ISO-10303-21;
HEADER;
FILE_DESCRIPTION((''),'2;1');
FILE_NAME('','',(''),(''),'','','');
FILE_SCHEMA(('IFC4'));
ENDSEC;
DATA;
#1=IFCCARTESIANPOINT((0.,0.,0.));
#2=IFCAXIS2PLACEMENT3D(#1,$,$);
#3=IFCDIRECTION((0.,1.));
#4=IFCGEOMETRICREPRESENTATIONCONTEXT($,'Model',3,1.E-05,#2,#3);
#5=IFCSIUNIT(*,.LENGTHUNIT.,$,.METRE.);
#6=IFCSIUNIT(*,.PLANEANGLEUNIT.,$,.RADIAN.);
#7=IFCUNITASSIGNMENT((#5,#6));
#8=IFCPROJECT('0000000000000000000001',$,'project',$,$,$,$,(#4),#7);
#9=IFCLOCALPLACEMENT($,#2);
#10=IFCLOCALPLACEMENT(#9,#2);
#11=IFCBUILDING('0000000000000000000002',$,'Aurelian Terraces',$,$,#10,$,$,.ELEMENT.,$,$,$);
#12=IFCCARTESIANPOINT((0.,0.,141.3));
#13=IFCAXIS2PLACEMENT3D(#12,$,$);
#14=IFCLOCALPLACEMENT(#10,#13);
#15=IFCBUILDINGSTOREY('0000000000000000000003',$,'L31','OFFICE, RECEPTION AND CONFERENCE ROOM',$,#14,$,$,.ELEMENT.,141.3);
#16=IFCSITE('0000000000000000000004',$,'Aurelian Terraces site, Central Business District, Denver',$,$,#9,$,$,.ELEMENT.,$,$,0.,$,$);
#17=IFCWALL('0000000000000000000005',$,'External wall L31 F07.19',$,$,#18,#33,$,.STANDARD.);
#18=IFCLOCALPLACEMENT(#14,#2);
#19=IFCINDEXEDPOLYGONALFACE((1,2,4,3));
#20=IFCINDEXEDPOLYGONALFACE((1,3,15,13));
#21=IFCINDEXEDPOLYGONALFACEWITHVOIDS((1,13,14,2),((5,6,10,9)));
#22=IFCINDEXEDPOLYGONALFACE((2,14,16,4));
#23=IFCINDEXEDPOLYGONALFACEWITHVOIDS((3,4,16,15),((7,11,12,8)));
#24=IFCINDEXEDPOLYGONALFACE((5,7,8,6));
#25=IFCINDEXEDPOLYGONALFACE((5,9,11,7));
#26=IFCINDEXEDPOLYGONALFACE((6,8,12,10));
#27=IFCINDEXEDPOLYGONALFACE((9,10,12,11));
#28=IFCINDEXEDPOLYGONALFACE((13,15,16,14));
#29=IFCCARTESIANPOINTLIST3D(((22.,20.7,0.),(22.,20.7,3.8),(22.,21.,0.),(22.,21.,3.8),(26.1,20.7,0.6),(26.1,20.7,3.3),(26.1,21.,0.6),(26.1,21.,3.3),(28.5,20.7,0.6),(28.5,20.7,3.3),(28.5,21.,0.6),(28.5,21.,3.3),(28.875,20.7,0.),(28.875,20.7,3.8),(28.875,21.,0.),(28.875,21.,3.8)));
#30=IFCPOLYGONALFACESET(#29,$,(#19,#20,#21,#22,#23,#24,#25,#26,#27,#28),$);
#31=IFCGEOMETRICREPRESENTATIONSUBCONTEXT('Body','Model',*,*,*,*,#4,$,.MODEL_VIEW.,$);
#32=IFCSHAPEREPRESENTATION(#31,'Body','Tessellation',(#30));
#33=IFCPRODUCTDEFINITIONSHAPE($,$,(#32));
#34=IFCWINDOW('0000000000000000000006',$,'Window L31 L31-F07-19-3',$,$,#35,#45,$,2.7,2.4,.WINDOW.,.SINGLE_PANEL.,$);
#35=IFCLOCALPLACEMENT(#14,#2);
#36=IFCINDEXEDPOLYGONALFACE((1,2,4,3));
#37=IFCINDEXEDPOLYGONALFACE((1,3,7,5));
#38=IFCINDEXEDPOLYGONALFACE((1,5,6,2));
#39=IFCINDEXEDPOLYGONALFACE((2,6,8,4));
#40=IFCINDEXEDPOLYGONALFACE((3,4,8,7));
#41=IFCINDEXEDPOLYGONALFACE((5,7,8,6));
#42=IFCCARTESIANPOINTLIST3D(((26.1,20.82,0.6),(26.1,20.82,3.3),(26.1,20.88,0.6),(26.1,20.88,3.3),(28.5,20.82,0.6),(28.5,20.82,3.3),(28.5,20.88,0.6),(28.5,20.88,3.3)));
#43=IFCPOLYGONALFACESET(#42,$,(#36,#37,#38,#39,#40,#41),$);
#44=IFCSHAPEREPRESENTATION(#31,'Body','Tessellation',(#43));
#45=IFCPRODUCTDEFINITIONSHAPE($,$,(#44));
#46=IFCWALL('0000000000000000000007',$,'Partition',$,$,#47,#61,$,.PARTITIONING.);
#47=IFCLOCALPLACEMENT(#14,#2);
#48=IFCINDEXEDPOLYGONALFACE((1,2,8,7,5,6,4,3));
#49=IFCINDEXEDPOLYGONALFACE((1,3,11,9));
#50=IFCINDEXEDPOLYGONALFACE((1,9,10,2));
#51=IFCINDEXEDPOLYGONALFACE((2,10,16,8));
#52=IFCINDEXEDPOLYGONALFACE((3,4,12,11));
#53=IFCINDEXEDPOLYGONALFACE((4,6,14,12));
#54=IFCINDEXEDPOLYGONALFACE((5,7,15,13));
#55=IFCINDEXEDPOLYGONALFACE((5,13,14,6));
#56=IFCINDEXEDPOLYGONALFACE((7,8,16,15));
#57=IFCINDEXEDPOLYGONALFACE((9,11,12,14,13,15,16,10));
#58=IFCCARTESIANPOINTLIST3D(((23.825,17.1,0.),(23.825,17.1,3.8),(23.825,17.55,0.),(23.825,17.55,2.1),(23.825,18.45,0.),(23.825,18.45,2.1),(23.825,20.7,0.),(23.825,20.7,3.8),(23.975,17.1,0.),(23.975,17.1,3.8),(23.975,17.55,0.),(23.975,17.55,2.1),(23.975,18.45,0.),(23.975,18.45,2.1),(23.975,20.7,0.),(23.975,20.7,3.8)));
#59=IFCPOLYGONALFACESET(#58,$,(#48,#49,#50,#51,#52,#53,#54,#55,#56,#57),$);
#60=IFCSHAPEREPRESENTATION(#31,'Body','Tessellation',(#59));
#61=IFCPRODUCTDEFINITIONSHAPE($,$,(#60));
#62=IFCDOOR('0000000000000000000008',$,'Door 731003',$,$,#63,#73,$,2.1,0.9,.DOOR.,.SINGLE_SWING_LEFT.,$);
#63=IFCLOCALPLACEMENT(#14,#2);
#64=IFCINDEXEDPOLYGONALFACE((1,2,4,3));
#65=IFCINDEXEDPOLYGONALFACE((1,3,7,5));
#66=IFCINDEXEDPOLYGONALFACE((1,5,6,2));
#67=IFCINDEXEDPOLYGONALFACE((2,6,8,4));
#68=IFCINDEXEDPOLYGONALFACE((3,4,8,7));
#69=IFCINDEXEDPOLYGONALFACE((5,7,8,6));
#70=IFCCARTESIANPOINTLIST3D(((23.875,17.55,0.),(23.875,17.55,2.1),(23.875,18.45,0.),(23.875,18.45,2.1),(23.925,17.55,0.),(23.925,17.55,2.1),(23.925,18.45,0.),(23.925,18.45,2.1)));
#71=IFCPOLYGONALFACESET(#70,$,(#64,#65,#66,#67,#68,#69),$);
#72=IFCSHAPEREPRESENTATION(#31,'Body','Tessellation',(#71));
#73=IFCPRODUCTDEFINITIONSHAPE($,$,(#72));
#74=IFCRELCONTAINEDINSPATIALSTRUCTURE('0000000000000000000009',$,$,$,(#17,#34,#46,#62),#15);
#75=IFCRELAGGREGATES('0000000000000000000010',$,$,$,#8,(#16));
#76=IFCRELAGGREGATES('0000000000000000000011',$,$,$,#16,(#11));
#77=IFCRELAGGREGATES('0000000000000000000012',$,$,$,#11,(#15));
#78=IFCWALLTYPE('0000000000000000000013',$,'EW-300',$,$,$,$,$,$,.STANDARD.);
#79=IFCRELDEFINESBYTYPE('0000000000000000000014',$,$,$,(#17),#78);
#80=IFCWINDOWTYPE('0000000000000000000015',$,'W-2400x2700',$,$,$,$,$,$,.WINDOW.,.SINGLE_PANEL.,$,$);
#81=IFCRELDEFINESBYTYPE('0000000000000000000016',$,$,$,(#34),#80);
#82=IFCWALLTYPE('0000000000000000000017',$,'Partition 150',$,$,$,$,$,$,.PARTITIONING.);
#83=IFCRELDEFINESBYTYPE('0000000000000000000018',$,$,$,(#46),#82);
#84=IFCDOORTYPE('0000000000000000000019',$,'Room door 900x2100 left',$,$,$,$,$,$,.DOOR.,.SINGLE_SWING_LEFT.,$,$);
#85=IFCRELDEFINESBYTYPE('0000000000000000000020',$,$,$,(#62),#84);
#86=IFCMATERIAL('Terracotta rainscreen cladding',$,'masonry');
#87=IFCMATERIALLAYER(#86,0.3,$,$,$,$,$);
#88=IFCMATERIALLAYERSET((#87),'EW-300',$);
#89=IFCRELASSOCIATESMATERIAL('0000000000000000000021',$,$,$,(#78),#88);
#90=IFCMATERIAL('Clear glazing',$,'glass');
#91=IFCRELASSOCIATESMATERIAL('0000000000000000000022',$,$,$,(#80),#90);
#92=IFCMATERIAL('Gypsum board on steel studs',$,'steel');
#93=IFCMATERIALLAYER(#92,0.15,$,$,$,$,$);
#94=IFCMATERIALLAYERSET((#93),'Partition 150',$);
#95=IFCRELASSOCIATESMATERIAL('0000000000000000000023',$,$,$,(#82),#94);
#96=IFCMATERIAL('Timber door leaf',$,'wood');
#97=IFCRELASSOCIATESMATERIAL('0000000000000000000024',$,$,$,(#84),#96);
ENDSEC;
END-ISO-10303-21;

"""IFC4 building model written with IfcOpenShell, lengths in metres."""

from ifc_helpers import new_model, si_unit, direction, frame, frame_2d, origin, place, context, subcontext, project, spatial, rectangle, extrude, source, transform, mapped, material, layer, layer_set, type_object, element, fill, save


model = new_model("IFC4")

# Units and contexts
model_context = context("Model", 3, precision=1e-05, world=origin(), true_north=direction((0.0, 1.0)))
body_context = subcontext(model_context, "Body", "Model", "MODEL_VIEW")
ifc_project = project(units=[si_unit("LENGTHUNIT", "METRE"), si_unit("PLANEANGLEUNIT", "RADIAN")], contexts=[model_context])

# Site, building, storey
site_placement = place(None, origin())
site = spatial("IfcSite", under=ifc_project, at=site_placement, Name="Aurelian Terraces site, Central Business District, Denver", CompositionType="ELEMENT", RefElevation=0.0)
building_placement = place(site_placement, origin())
building = spatial("IfcBuilding", under=site, at=building_placement, Name="Aurelian Terraces", CompositionType="ELEMENT")
storey_placement = place(building_placement, frame((0.0, 0.0, 141.3)))
storey = spatial("IfcBuildingStorey", under=building, at=storey_placement, Name="L31", Description="OFFICE, RECEPTION AND CONFERENCE ROOM", CompositionType="ELEMENT", Elevation=141.3)

# Wall, opening, window
ifc_material_1 = material(Name="Terracotta rainscreen cladding", Category="masonry")
ifc_layer_1 = layer(ifc_material_1, 0.3)
ifc_layer_set_1 = layer_set([ifc_layer_1], Name="EW-300")
wall_type_1 = type_object("IfcWallType", Name="EW-300", PredefinedType="STANDARD", material=ifc_layer_set_1)
shared_shape_1 = source(origin(), body_context, "Body", "SweptSolid", [
    extrude(rectangle(XDim=6.875, YDim=0.3, at=frame_2d((3.4375, 0.0))), origin(), (0.0, 0.0, 1.0), 3.8),
])
wall_1_placement = place(storey_placement, frame((28.875, 20.85, 0.0), z_axis=(0.0, 0.0, 1.0), x_axis=(-1.0, 0.0, 0.0)))
wall_1 = element("IfcWall", 1, at=wall_1_placement, inside=storey, type_object=wall_type_1, Name="External wall L31 F07.19", PredefinedType="STANDARD", context=body_context, shape_type="MappedRepresentation", body=[
    mapped(shared_shape_1, transform((0.0, 0.0, 0.0), scale=1.0)),
])
shared_shape_2 = source(origin(), body_context, "Body", "SweptSolid", [
    extrude(rectangle(XDim=2.4, YDim=2.7, at=frame_2d((1.2, 1.35))), frame((0.0, 0.16, 0.0), z_axis=(0.0, -1.0, 0.0), x_axis=(1.0, 0.0, 0.0)), (0.0, 0.0, 1.0), 0.32),
])
opening_1_placement = place(wall_1_placement, frame((0.375, 0.0, 0.6)))
opening_1 = element("IfcOpeningElement", 2, at=opening_1_placement, cuts=wall_1, PredefinedType="OPENING", context=body_context, shape_type="MappedRepresentation", body=[
    mapped(shared_shape_2, transform((0.0, 0.0, 0.0), scale=1.0)),
])
ifc_material_2 = material(Name="Clear glazing", Category="glass")
window_type = type_object("IfcWindowType", Name="W-2400x2700", PartitioningType="SINGLE_PANEL", PredefinedType="WINDOW", material=ifc_material_2)
shared_shape_3 = source(origin(), body_context, "Body", "SweptSolid", [
    extrude(rectangle(XDim=2.4, YDim=2.7, at=frame_2d((1.2, 1.35))), frame((0.0, 0.03, 0.0), z_axis=(0.0, -1.0, 0.0), x_axis=(1.0, 0.0, 0.0)), (0.0, 0.0, 1.0), 0.06),
])
window_placement = place(opening_1_placement, origin())
window = element("IfcWindow", 3, at=window_placement, inside=storey, type_object=window_type, Name="Window L31 L31-F07-19-3", OverallHeight=2.7, OverallWidth=2.4, PartitioningType="SINGLE_PANEL", PredefinedType="WINDOW", context=body_context, shape_type="MappedRepresentation", body=[
    mapped(shared_shape_3, transform((0.0, 0.0, 0.0), scale=1.0)),
])
fill(opening_1, window)

# Wall, opening, door
ifc_material_3 = material(Name="Gypsum board on steel studs", Category="steel")
ifc_layer_2 = layer(ifc_material_3, 0.15)
ifc_layer_set_2 = layer_set([ifc_layer_2], Name="Partition 150")
wall_type_2 = type_object("IfcWallType", Name="Partition 150", PredefinedType="PARTITIONING", material=ifc_layer_set_2)
shared_shape_4 = source(origin(), body_context, "Body", "SweptSolid", [
    extrude(rectangle(XDim=3.6, YDim=0.15, at=frame_2d((1.8, 0.0))), origin(), (0.0, 0.0, 1.0), 3.8),
])
wall_2_placement = place(storey_placement, frame((23.9, 20.7, 0.0), z_axis=(0.0, 0.0, 1.0), x_axis=(0.0, -1.0, 0.0)))
wall_2 = element("IfcWall", 4, at=wall_2_placement, inside=storey, type_object=wall_type_2, Name="Partition", PredefinedType="PARTITIONING", context=body_context, shape_type="MappedRepresentation", body=[
    mapped(shared_shape_4, transform((0.0, 0.0, 0.0), scale=1.0)),
])
shared_shape_5 = source(origin(), body_context, "Body", "SweptSolid", [
    extrude(rectangle(XDim=0.9, YDim=2.1, at=frame_2d((0.45, 1.05))), frame((0.0, 0.085, 0.0), z_axis=(0.0, -1.0, 0.0), x_axis=(1.0, 0.0, 0.0)), (0.0, 0.0, 1.0), 0.17),
])
opening_2_placement = place(wall_2_placement, frame((2.25, 0.0, 0.0)))
opening_2 = element("IfcOpeningElement", 5, at=opening_2_placement, cuts=wall_2, PredefinedType="OPENING", context=body_context, shape_type="MappedRepresentation", body=[
    mapped(shared_shape_5, transform((0.0, 0.0, 0.0), scale=1.0)),
])
ifc_material_4 = material(Name="Timber door leaf", Category="wood")
door_type_1 = type_object("IfcDoorType", Name="Room door 900x2100 left", OperationType="SINGLE_SWING_LEFT", PredefinedType="DOOR", material=ifc_material_4)
shared_shape_6 = source(origin(), body_context, "Body", "SweptSolid", [
    extrude(rectangle(XDim=0.9, YDim=2.1, at=frame_2d((0.45, 1.05))), frame((0.0, 0.025, 0.0), z_axis=(0.0, -1.0, 0.0), x_axis=(1.0, 0.0, 0.0)), (0.0, 0.0, 1.0), 0.05),
])
door_1_placement = place(opening_2_placement, origin())
door_1 = element("IfcDoor", 6, at=door_1_placement, inside=storey, type_object=door_type_1, Name="Door 731003", OperationType="SINGLE_SWING_LEFT", OverallHeight=2.1, OverallWidth=0.9, PredefinedType="DOOR", context=body_context, shape_type="MappedRepresentation", body=[
    mapped(shared_shape_6, transform((0.0, 0.0, 0.0), scale=1.0)),
])
fill(opening_2, door_1)

save(model, "model.ifc")
